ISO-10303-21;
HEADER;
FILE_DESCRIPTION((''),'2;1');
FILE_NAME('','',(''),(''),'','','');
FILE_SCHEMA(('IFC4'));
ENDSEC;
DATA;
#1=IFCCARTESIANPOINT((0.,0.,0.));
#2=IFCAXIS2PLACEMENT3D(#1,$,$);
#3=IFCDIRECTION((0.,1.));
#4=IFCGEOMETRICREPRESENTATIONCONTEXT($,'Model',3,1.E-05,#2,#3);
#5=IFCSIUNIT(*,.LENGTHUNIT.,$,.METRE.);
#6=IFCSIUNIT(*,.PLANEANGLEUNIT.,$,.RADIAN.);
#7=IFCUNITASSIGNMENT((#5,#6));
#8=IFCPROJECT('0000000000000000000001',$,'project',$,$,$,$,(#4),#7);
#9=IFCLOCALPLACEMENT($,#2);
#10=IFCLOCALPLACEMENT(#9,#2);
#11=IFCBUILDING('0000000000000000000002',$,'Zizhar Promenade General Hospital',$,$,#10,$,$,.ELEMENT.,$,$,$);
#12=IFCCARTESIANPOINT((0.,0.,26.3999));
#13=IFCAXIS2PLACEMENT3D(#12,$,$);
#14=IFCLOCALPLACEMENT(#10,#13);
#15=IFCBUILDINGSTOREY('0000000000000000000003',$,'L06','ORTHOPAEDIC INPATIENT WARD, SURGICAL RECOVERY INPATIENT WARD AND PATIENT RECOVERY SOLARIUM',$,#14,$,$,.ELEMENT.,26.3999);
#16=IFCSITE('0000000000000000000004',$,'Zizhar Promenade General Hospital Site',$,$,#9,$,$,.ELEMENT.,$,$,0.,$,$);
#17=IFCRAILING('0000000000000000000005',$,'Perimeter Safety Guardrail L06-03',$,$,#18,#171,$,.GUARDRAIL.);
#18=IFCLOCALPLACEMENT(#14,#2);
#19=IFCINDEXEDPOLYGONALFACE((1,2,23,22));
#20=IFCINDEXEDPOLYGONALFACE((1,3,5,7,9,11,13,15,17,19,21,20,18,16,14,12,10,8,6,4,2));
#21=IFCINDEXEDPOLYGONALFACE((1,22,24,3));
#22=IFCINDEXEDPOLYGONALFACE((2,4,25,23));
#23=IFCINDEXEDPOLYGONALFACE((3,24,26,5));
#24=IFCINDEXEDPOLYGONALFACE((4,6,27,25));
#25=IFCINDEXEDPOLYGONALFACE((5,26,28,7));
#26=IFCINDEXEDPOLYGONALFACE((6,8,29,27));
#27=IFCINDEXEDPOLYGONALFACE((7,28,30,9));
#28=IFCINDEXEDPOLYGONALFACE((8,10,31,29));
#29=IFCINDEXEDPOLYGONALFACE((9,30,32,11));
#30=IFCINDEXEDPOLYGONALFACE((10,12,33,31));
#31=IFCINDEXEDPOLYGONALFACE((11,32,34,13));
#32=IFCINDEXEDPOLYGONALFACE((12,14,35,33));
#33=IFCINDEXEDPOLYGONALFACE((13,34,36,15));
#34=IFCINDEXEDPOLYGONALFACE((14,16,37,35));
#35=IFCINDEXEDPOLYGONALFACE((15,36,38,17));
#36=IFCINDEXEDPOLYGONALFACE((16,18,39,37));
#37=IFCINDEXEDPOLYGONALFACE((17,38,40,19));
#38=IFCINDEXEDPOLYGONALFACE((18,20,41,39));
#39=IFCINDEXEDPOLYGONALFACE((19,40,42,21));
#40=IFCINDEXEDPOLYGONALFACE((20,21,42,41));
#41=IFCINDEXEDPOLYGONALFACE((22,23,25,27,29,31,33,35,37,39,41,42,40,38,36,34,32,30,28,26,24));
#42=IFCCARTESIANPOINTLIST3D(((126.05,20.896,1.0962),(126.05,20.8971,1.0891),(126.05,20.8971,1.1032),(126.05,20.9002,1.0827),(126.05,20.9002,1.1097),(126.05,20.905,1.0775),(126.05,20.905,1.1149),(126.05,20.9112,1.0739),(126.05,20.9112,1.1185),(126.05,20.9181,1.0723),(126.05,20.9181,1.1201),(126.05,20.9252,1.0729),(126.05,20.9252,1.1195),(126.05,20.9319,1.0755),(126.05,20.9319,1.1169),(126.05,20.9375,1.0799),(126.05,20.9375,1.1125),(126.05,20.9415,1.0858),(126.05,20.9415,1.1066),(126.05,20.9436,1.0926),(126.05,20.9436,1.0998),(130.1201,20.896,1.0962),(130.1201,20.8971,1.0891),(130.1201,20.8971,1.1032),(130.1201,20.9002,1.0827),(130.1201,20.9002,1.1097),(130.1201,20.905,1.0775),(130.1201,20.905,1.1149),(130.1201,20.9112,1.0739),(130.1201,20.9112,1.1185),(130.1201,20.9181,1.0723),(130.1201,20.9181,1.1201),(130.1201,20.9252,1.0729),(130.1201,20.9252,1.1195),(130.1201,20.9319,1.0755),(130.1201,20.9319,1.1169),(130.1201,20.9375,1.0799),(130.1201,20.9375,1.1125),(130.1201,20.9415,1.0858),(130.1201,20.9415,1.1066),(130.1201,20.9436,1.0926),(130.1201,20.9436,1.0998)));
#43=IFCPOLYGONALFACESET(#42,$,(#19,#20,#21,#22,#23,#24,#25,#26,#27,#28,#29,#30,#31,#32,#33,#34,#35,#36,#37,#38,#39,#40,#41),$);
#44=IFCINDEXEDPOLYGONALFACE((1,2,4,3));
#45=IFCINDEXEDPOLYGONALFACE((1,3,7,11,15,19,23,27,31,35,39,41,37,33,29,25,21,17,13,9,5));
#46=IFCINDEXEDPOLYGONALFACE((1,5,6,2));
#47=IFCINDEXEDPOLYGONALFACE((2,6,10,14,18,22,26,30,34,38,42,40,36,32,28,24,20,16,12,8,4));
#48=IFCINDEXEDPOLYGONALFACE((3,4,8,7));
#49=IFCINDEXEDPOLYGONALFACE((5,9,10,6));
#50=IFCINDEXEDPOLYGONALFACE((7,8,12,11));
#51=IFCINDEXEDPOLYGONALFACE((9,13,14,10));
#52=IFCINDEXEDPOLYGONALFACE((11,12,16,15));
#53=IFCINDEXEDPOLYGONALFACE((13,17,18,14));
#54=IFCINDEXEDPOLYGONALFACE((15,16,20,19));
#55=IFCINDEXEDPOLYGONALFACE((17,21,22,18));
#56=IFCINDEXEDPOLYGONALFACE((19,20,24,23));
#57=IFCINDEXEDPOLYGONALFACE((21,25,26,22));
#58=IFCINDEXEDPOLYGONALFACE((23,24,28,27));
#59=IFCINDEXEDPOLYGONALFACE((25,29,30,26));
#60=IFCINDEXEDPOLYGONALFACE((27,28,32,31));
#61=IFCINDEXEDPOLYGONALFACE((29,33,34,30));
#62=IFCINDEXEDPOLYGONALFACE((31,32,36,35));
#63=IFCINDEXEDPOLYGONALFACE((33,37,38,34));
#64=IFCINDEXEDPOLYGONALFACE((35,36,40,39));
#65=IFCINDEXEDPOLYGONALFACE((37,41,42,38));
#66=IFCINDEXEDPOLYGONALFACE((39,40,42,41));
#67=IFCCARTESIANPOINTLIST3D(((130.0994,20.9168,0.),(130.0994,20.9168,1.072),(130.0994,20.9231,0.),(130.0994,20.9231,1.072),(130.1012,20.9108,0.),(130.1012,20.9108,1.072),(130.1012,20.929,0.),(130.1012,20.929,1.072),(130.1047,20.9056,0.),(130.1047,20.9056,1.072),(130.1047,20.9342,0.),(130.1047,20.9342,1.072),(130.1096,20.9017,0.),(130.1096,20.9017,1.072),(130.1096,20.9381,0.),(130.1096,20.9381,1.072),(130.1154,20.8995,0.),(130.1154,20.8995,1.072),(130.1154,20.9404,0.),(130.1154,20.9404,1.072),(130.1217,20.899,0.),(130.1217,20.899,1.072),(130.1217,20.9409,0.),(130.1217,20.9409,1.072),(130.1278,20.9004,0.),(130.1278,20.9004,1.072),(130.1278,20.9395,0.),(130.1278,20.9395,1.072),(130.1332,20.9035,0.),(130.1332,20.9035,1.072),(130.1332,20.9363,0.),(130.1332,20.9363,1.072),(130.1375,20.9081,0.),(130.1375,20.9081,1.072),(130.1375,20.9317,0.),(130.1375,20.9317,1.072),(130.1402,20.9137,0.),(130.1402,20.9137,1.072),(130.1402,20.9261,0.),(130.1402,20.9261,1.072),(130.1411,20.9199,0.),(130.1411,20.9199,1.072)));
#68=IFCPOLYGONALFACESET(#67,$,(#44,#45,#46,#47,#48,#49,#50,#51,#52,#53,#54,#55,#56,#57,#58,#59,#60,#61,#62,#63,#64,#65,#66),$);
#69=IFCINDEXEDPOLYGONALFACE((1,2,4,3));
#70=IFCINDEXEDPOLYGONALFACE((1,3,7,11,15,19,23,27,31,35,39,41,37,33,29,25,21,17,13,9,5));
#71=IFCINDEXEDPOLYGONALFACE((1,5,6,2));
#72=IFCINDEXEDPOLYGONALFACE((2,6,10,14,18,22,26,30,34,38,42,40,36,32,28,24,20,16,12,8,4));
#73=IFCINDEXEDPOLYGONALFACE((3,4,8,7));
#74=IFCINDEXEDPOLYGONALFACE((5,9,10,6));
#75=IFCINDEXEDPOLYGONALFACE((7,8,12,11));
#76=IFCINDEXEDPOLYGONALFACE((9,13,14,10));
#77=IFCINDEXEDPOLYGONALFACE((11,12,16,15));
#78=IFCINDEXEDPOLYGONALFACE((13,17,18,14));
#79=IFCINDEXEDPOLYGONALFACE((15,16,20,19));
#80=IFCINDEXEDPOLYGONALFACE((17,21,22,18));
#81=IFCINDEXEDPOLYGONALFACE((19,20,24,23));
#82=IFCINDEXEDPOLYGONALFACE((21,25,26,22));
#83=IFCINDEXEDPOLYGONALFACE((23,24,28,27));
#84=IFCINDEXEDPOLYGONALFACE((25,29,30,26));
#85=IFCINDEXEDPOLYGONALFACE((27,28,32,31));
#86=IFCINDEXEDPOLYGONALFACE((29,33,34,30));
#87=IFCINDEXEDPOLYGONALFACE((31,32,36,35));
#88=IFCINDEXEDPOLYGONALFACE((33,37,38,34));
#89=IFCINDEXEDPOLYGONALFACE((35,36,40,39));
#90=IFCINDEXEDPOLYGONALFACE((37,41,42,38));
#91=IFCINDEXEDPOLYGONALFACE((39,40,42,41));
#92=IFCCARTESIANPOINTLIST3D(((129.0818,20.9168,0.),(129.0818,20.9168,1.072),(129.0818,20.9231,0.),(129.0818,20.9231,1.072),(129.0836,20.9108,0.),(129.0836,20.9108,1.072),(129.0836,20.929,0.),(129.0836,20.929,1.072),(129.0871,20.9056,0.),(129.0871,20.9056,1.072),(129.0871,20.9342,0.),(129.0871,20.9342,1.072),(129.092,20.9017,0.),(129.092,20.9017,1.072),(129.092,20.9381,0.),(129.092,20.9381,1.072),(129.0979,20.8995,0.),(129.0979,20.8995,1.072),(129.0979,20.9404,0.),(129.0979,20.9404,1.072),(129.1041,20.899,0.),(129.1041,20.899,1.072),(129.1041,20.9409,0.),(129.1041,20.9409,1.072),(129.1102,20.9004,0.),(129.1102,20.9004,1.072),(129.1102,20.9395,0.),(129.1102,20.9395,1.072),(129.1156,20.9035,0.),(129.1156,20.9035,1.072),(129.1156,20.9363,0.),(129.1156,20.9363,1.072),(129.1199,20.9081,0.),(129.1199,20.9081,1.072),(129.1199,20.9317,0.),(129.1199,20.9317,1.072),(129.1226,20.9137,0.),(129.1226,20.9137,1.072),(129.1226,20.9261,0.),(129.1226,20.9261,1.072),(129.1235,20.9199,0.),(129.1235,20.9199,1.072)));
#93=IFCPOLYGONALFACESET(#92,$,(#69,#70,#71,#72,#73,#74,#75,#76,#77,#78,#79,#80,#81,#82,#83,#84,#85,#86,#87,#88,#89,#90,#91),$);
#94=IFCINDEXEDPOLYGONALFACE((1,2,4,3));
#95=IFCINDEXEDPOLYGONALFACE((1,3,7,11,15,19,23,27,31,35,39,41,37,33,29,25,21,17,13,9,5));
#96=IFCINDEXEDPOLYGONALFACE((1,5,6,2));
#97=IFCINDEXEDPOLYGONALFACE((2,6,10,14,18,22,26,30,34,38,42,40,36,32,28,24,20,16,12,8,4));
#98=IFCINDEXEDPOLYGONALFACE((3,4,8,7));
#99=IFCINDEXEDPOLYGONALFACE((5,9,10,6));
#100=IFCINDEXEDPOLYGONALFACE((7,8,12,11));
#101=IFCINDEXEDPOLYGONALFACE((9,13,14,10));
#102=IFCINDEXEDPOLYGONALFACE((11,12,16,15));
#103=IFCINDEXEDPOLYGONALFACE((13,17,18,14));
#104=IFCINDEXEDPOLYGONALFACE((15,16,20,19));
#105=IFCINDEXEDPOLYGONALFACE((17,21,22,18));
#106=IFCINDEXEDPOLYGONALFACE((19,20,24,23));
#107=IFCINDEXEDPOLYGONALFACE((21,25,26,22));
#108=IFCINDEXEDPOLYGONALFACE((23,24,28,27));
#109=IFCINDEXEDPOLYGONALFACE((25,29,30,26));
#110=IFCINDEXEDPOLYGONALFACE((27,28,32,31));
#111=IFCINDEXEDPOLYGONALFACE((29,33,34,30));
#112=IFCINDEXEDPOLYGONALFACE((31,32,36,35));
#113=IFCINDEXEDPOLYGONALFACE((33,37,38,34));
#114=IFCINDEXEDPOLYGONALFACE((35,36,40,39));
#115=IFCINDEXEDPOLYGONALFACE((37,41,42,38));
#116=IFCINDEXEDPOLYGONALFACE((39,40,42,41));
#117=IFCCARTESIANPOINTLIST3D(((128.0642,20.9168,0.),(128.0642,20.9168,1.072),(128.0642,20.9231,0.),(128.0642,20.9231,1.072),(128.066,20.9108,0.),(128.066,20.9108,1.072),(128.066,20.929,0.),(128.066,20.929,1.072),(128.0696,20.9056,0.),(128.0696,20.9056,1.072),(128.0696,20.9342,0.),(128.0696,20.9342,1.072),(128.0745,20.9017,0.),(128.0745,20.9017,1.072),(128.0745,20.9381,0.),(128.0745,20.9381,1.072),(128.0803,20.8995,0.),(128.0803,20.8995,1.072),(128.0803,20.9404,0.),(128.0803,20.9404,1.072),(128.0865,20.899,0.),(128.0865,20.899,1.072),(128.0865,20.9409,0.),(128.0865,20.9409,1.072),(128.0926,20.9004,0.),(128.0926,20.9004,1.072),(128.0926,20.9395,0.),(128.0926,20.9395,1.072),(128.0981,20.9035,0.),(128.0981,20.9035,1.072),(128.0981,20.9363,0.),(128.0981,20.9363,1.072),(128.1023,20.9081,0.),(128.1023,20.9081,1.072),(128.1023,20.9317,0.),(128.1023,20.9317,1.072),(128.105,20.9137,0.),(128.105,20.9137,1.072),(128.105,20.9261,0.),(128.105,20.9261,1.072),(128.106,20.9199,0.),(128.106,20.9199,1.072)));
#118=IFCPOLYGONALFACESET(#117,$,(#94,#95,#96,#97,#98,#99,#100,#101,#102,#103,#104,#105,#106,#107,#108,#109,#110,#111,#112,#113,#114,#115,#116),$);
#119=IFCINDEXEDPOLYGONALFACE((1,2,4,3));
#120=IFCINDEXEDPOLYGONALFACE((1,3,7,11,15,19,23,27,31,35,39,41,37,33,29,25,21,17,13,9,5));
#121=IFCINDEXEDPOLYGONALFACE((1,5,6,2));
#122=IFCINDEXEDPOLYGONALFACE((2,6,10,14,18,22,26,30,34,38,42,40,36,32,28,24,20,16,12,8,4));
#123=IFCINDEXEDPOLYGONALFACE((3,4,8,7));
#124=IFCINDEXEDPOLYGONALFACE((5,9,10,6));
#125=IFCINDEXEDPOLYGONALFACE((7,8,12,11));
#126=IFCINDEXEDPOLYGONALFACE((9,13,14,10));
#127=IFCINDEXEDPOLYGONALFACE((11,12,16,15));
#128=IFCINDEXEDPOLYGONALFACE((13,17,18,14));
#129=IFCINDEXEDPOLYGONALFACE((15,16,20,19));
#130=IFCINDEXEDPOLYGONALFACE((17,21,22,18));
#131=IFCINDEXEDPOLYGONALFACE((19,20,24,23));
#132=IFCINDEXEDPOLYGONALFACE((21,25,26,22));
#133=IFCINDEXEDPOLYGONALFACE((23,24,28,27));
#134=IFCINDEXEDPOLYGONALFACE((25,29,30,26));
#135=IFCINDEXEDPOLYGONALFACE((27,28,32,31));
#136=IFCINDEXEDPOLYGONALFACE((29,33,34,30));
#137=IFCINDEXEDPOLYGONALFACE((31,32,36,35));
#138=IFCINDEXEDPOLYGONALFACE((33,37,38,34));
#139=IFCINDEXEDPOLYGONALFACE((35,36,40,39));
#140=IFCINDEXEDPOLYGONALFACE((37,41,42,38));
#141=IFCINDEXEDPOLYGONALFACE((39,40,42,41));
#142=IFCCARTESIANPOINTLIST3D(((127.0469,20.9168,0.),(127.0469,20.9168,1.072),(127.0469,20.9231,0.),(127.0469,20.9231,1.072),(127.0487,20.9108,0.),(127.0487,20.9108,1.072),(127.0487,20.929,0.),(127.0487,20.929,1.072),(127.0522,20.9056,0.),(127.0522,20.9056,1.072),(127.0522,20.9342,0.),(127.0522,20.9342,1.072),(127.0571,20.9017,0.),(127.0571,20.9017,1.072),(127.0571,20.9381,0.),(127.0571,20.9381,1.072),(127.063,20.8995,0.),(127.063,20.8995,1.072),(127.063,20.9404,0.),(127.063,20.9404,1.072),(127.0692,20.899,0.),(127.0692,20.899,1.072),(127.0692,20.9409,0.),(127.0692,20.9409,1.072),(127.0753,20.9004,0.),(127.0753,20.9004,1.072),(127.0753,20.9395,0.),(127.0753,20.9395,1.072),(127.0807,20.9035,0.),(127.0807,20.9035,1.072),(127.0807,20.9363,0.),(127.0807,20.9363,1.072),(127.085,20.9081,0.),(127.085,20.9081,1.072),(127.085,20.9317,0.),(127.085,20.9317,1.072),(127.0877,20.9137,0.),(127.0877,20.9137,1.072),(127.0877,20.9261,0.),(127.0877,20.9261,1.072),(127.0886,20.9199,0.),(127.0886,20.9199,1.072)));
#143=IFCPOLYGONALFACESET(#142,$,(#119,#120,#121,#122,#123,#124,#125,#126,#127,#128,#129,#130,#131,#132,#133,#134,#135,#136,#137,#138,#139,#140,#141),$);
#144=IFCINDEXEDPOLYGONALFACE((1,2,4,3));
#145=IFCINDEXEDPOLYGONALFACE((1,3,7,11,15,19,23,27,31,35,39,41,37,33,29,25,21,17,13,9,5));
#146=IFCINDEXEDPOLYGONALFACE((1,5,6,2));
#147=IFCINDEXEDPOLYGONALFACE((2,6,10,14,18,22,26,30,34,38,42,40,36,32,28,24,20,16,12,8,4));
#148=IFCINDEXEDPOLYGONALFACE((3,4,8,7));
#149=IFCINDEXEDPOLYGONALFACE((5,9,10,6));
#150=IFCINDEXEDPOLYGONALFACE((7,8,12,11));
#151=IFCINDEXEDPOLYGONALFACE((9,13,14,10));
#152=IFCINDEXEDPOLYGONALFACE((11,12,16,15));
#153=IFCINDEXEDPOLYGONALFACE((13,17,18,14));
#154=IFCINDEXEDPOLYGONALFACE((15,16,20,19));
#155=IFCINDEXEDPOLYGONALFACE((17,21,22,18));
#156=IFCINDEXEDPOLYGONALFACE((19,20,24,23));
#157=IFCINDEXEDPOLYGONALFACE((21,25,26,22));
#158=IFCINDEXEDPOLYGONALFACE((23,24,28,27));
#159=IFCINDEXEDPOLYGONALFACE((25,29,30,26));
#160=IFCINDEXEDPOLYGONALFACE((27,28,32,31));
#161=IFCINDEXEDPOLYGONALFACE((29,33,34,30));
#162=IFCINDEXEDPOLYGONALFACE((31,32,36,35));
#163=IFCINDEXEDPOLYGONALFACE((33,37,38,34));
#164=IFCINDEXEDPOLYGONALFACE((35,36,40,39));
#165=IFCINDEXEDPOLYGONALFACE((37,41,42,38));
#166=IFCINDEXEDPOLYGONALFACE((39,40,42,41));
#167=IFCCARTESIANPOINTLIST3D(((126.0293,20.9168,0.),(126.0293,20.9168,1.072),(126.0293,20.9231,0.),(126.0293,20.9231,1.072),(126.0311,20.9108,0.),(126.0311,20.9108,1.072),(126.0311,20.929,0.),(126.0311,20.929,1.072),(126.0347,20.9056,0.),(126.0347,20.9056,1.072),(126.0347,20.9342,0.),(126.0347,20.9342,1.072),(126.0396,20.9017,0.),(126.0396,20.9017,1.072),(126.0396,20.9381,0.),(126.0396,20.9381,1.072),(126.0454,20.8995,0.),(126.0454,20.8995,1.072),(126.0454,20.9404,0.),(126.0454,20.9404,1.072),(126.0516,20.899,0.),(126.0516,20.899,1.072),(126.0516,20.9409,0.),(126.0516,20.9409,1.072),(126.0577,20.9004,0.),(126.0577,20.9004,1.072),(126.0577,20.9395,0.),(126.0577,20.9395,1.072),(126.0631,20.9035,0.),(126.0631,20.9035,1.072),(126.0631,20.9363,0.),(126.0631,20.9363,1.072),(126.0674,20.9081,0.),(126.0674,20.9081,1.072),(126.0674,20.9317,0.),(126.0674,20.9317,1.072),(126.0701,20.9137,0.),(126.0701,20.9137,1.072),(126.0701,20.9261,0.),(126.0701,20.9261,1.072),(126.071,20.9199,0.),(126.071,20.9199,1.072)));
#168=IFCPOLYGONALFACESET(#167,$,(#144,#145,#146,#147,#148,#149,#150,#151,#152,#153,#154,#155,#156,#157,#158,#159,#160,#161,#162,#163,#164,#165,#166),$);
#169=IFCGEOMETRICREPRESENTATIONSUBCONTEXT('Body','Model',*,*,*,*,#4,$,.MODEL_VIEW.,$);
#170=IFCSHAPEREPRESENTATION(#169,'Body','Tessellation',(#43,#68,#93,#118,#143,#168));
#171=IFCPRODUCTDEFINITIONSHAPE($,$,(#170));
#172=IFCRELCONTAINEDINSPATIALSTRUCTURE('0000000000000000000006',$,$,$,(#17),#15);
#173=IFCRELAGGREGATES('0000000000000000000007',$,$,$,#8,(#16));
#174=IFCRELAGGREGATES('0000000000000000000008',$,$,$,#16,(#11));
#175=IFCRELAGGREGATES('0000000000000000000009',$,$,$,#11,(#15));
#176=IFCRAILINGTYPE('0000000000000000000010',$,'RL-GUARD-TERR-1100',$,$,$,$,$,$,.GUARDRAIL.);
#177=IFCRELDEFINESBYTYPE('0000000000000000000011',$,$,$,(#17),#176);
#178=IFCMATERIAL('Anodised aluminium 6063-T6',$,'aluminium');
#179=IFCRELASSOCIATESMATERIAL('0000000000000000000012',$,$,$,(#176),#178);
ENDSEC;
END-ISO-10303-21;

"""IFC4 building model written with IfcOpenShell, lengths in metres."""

from ifc_helpers import new_model, si_unit, direction, frame, origin, origin_2d, place, context, subcontext, project, spatial, circle, hollow_circle, extrude, material, material_profile, profile_set, type_object, element, save


model = new_model("IFC4")

# Units and contexts
model_context = context("Model", 3, precision=1e-05, world=origin(), true_north=direction((0.0, 1.0)))
body_context = subcontext(model_context, "Body", "Model", "MODEL_VIEW")
ifc_project = project(units=[si_unit("LENGTHUNIT", "METRE"), si_unit("PLANEANGLEUNIT", "RADIAN")], contexts=[model_context])

# Site, building, storey
site_placement = place(None, origin())
site = spatial("IfcSite", under=ifc_project, at=site_placement, Name="Zizhar Promenade General Hospital Site", CompositionType="ELEMENT", RefElevation=0.0)
building_placement = place(site_placement, origin())
building = spatial("IfcBuilding", under=site, at=building_placement, Name="Zizhar Promenade General Hospital", CompositionType="ELEMENT")
storey_placement = place(building_placement, frame((0.0, 0.0, 26.3999)))
storey = spatial("IfcBuildingStorey", under=building, at=storey_placement, Name="L06", Description="ORTHOPAEDIC INPATIENT WARD, SURGICAL RECOVERY INPATIENT WARD AND PATIENT RECOVERY SOLARIUM", CompositionType="ELEMENT", Elevation=26.3999)

# Railing
ifc_material_1 = material(Name="Anodised aluminium 6063-T6", Category="aluminium")
ifc_material_profile_1 = material_profile(ifc_material_1, hollow_circle(Radius=0.0698, WallThickness=0.0063, at=origin_2d()))
ifc_profile_set_1 = profile_set([ifc_material_profile_1], Name="Anodised aluminium 6063-T6")
railing_type = type_object("IfcRailingType", Name="RL-GUARD-TERR-1100", PredefinedType="GUARDRAIL", material=ifc_profile_set_1)
railing_1_placement = place(storey_placement, frame((130.1201, 20.9199, 0.0)))
element("IfcRailing", 1, at=railing_1_placement, inside=storey, type_object=railing_type, Name="Perimeter Safety Guardrail L06-03", PredefinedType="GUARDRAIL", context=body_context, shape_type="SweptSolid", body=[
    extrude(circle(Radius=0.0239, at=origin_2d()), frame((0.0, 0.0, 1.0962), z_axis=(-1.0, 0.0, 0.0), x_axis=(0.0, -1.0, 0.0)), (0.0, 0.0, 1.0), 4.0701),
    extrude(circle(Radius=0.021, at=origin_2d()), origin(), (0.0, 0.0, 1.0), 1.072),
    extrude(circle(Radius=0.021, at=origin_2d()), frame((-1.0176, 0.0, 0.0)), (0.0, 0.0, 1.0), 1.072),
    extrude(circle(Radius=0.021, at=origin_2d()), frame((-2.0352, 0.0, 0.0)), (0.0, 0.0, 1.0), 1.072),
    extrude(circle(Radius=0.021, at=origin_2d()), frame((-3.0525, 0.0, 0.0)), (0.0, 0.0, 1.0), 1.072),
    extrude(circle(Radius=0.021, at=origin_2d()), frame((-4.0701, 0.0, 0.0)), (0.0, 0.0, 1.0), 1.072),
])

save(model, "model.ifc")
